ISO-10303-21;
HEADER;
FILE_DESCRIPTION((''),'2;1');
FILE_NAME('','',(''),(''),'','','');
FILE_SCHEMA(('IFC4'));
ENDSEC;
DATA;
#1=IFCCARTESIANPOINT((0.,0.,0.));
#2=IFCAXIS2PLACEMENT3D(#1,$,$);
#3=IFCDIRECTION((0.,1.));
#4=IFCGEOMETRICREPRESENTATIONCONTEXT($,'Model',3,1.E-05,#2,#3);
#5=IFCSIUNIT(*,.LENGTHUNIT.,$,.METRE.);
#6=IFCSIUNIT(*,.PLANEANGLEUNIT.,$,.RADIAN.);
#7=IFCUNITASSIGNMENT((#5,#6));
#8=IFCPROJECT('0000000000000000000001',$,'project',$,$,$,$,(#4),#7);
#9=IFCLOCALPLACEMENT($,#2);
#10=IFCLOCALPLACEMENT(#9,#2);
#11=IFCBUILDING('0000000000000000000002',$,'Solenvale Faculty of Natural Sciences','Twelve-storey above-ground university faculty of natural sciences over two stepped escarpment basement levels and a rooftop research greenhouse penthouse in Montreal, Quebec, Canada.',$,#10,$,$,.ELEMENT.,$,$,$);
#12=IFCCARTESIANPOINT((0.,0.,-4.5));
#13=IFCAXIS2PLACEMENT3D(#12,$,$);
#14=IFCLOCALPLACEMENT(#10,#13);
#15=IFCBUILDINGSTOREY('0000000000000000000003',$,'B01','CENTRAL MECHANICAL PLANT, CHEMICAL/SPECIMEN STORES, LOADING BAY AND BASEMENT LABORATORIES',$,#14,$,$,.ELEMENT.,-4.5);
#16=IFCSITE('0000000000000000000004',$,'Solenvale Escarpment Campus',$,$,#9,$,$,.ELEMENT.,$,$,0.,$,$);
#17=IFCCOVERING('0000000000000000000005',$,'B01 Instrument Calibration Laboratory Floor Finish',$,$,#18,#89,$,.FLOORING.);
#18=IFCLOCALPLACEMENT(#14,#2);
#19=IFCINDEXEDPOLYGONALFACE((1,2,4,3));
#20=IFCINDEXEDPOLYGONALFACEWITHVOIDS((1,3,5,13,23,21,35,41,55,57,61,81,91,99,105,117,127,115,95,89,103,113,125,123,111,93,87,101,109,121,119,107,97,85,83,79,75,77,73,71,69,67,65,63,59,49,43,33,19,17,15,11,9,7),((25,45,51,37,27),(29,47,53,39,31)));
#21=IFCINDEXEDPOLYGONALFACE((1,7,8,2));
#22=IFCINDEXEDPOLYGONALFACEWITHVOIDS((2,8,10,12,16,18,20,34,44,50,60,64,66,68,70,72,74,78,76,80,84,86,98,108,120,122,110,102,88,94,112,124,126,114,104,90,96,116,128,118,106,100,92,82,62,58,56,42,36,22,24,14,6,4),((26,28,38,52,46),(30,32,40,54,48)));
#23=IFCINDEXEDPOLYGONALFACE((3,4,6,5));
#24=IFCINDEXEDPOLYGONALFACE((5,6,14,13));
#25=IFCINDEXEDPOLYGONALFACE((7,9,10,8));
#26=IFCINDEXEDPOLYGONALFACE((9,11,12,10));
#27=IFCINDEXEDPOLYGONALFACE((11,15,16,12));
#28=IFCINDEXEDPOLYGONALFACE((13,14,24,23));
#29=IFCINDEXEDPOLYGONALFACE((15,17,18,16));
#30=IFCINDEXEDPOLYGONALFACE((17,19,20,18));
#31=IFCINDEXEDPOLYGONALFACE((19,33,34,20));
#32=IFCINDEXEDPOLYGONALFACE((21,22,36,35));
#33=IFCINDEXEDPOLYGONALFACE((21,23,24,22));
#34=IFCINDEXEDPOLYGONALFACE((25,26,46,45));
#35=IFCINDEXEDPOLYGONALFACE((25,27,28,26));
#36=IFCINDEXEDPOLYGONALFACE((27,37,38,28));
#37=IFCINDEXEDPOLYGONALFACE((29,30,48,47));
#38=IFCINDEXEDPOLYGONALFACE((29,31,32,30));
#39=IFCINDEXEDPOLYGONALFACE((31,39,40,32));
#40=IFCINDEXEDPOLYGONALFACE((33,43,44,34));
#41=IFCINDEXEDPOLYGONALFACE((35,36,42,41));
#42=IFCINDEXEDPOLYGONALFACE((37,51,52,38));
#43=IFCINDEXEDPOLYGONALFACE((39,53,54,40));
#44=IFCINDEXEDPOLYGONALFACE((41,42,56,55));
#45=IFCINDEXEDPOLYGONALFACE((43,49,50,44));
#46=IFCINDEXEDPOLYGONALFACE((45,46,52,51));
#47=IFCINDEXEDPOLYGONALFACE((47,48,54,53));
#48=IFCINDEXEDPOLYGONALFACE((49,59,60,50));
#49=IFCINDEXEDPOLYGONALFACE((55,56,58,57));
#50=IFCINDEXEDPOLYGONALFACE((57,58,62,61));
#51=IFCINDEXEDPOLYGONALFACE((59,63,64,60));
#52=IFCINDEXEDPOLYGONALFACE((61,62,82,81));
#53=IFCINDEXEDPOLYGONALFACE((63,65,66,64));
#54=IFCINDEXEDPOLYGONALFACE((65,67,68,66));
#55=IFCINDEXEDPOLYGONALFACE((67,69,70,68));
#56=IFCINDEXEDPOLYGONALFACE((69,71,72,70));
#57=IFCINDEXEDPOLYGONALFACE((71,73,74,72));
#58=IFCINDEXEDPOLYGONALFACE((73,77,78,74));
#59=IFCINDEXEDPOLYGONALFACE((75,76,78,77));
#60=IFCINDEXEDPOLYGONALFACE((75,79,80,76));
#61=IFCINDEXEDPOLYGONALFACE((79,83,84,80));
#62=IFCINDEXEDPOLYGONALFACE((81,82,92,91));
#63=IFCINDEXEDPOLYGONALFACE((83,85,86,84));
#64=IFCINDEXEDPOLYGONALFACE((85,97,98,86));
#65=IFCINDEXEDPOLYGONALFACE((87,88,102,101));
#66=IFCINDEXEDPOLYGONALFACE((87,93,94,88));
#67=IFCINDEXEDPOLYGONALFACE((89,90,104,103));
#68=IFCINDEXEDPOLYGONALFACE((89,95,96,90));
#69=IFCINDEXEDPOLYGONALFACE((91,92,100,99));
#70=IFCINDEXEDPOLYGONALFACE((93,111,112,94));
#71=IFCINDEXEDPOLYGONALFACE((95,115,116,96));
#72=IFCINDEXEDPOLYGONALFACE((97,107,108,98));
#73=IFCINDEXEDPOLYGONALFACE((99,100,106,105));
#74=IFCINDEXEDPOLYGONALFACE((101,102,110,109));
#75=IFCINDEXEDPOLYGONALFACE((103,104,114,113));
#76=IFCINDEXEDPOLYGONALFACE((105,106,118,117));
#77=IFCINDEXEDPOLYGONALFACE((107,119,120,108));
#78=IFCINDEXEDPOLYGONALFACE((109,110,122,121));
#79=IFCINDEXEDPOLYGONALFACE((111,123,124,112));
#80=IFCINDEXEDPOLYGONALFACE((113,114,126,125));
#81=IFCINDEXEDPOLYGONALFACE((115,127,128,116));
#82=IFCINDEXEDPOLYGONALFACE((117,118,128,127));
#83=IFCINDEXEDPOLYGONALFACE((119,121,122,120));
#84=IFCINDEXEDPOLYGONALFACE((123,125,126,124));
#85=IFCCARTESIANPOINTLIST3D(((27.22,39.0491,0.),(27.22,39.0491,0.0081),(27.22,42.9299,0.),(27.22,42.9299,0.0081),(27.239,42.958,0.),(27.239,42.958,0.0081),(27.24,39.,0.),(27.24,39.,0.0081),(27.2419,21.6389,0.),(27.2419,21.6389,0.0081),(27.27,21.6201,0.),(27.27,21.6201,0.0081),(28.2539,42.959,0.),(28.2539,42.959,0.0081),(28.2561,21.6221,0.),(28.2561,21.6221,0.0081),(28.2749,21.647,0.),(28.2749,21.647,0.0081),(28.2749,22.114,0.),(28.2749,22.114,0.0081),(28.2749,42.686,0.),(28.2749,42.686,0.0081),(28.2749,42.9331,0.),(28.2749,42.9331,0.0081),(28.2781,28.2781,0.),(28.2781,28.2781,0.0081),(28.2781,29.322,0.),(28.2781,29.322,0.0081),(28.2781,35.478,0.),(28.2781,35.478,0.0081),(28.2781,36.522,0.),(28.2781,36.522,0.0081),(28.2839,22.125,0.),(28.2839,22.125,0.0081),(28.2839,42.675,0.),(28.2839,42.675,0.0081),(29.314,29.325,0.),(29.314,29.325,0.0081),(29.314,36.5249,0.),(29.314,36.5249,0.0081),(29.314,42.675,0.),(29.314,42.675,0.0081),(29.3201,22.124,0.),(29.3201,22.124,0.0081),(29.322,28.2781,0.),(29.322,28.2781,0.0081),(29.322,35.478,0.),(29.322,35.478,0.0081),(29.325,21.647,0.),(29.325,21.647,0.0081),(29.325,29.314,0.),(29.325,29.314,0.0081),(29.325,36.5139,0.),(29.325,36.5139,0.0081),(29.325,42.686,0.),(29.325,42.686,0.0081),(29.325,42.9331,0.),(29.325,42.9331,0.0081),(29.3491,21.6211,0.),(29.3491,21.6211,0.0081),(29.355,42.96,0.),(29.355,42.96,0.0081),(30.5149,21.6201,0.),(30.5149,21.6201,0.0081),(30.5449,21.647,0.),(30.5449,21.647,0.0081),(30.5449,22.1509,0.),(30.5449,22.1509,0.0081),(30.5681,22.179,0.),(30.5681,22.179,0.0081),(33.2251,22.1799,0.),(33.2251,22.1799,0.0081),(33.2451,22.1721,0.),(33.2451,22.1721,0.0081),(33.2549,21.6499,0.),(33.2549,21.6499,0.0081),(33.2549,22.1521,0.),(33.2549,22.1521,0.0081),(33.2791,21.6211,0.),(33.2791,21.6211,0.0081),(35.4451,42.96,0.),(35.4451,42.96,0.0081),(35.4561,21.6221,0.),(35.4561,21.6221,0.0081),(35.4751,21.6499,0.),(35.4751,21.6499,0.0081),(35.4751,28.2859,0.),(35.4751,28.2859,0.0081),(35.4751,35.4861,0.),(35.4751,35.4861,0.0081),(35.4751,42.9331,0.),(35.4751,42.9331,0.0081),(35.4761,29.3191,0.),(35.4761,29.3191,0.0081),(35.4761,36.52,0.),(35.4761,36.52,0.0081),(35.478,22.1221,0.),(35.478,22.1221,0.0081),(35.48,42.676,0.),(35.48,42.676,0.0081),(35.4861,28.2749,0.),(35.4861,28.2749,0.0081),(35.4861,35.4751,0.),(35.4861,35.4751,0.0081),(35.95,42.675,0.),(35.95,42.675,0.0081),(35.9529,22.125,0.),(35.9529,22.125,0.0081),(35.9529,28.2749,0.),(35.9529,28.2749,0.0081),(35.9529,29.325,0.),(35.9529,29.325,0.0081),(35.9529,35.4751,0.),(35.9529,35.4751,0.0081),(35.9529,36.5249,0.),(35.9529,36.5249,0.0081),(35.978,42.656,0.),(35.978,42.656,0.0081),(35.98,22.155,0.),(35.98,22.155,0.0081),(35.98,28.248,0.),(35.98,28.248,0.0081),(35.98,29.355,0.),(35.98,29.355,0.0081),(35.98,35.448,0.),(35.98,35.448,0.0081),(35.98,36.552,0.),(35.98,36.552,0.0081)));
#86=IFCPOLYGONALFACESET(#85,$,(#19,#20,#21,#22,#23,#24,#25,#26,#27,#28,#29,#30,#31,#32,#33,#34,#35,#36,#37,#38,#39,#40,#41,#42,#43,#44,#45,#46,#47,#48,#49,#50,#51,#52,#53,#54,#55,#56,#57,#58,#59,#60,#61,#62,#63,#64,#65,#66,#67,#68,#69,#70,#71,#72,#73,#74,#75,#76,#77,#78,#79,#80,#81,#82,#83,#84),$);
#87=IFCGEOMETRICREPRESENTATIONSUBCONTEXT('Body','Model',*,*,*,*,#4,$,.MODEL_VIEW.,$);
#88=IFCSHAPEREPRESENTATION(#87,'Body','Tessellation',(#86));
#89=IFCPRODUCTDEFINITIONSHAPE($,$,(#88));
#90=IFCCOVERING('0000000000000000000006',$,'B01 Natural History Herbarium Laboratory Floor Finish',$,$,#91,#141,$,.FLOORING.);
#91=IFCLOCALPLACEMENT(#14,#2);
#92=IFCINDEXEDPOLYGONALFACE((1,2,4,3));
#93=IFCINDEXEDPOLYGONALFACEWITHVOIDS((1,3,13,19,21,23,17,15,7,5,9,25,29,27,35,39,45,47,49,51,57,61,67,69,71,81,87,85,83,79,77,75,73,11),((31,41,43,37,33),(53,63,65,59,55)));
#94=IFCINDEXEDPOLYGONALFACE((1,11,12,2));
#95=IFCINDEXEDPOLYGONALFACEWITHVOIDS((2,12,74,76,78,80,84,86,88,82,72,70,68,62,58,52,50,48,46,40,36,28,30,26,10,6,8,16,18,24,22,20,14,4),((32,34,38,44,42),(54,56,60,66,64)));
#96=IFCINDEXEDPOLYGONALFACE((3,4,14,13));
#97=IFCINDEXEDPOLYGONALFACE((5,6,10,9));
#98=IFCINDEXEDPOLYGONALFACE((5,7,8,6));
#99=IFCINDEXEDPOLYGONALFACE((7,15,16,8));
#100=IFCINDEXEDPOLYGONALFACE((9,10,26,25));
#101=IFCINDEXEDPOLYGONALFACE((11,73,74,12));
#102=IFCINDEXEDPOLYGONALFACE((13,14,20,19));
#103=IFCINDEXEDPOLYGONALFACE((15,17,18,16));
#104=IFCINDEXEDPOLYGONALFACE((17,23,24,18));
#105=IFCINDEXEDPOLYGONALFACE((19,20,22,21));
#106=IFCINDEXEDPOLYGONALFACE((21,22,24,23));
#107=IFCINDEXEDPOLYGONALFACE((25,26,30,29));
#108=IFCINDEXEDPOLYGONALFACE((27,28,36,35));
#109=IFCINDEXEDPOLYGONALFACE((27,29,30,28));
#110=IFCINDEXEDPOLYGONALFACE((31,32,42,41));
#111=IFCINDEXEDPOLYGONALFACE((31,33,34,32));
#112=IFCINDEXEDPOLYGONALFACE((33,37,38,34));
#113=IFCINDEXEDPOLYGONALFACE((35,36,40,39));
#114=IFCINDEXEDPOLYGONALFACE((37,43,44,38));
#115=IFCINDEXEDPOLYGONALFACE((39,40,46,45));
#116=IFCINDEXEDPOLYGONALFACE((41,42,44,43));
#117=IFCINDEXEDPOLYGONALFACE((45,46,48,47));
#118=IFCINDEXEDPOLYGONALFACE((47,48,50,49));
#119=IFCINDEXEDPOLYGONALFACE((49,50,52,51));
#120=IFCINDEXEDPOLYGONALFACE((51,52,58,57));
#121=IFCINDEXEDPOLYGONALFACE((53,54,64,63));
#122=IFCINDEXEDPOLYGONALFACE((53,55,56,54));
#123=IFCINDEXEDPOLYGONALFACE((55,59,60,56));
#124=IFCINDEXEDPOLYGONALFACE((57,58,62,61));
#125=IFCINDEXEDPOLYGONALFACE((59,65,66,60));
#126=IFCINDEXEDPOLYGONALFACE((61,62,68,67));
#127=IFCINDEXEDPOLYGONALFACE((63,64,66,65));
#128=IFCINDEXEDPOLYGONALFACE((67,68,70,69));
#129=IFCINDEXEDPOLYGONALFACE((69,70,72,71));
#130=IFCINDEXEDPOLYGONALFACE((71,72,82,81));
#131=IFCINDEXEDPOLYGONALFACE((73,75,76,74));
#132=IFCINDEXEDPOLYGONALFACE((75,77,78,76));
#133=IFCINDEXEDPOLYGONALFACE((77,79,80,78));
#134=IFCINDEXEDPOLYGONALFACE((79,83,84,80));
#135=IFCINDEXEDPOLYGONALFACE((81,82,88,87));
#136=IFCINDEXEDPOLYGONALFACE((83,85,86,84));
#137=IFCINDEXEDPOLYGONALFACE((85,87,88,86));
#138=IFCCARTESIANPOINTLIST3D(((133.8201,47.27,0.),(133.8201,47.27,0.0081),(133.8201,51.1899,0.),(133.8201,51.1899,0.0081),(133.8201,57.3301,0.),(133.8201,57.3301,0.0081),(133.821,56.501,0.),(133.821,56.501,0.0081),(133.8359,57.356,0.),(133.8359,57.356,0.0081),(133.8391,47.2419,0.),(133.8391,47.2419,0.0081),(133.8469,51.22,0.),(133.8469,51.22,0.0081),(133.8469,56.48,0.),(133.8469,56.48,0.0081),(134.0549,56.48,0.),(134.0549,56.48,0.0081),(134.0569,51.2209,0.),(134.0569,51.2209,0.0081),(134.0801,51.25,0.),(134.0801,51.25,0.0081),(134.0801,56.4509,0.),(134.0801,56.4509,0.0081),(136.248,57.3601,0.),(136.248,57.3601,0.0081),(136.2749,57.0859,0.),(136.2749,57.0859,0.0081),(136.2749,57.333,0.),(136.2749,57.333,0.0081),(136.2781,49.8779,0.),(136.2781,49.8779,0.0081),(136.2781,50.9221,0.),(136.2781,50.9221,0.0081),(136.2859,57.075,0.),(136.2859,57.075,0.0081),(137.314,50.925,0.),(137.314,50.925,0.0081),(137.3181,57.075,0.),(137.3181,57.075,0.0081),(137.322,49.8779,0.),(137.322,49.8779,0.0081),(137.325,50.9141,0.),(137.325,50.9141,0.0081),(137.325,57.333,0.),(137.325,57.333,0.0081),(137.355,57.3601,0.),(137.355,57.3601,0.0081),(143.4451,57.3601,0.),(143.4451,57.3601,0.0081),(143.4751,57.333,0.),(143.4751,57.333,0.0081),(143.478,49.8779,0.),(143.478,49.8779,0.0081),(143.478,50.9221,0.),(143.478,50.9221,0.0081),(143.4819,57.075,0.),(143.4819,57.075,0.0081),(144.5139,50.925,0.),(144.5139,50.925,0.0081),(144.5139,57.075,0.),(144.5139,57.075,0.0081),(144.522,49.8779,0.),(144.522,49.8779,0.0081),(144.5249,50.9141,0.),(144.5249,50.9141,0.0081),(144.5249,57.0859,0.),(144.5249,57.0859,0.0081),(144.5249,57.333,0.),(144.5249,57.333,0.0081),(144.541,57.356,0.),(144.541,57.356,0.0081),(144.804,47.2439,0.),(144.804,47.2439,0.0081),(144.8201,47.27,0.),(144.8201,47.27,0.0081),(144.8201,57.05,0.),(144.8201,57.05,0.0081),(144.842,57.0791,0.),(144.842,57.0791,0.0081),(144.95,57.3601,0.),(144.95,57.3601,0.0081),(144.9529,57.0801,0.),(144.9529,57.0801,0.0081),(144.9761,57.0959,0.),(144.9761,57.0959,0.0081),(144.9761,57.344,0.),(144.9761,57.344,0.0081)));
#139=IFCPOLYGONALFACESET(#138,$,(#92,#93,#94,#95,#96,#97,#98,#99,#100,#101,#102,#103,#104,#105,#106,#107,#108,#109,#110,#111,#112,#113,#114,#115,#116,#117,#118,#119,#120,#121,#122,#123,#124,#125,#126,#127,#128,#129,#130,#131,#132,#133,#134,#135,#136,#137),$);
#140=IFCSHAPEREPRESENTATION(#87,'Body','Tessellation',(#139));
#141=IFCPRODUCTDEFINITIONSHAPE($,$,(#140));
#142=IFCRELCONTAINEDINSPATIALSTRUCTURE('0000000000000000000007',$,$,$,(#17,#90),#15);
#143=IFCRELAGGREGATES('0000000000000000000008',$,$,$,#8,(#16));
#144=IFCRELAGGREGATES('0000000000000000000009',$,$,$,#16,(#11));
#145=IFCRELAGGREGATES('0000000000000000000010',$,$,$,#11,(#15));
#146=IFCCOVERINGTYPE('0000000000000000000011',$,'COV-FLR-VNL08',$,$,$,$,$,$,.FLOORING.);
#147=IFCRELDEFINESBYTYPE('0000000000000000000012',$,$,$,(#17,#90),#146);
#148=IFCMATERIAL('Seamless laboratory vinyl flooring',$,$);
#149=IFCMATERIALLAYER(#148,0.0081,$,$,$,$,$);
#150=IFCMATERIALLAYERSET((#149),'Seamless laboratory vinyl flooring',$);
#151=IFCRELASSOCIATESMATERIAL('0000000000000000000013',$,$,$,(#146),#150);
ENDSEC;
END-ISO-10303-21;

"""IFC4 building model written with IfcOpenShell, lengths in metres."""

from ifc_helpers import new_model, si_unit, direction, frame, origin, place, context, subcontext, project, spatial, polyline, outline, extrude, material, layer, layer_set, type_object, element, save


model = new_model("IFC4")

# Units and contexts
model_context = context("Model", 3, precision=1e-05, world=origin(), true_north=direction((0.0, 1.0)))
body_context = subcontext(model_context, "Body", "Model", "MODEL_VIEW")
ifc_project = project(units=[si_unit("LENGTHUNIT", "METRE"), si_unit("PLANEANGLEUNIT", "RADIAN")], contexts=[model_context])

# Site, building, storey
site_placement = place(None, origin())
site = spatial("IfcSite", under=ifc_project, at=site_placement, Name="Solenvale Escarpment Campus", CompositionType="ELEMENT", RefElevation=0.0)
building_placement = place(site_placement, origin())
building = spatial("IfcBuilding", under=site, at=building_placement, Name="Solenvale Faculty of Natural Sciences", Description="Twelve-storey above-ground university faculty of natural sciences over two stepped escarpment basement levels and a rooftop research greenhouse penthouse in Montreal, Quebec, Canada.", CompositionType="ELEMENT")
storey_placement = place(building_placement, frame((0.0, 0.0, -4.5)))
storey = spatial("IfcBuildingStorey", under=building, at=storey_placement, Name="B01", Description="CENTRAL MECHANICAL PLANT, CHEMICAL/SPECIMEN STORES, LOADING BAY AND BASEMENT LABORATORIES", CompositionType="ELEMENT", Elevation=-4.5)

# Coverings
ifc_material_1 = material(Name="Seamless laboratory vinyl flooring")
ifc_layer_1 = layer(ifc_material_1, 0.0081)
ifc_layer_set_1 = layer_set([ifc_layer_1], Name="Seamless laboratory vinyl flooring")
covering_type_1 = type_object("IfcCoveringType", Name="COV-FLR-VNL08", PredefinedType="FLOORING", material=ifc_layer_set_1)
covering_1_placement = place(storey_placement, origin())
element("IfcCovering", 1, at=covering_1_placement, inside=storey, type_object=covering_type_1, Name="B01 Instrument Calibration Laboratory Floor Finish", PredefinedType="FLOORING", context=body_context, shape_type="SweptSolid", body=[
    extrude(outline(polyline([(27.24, 39.0), (27.22, 39.0491), (27.22, 42.9299), (27.239, 42.958), (28.2539, 42.959), (28.2749, 42.9331), (28.2749, 42.686), (28.2839, 42.675), (29.314, 42.675), (29.325, 42.686), (29.325, 42.9331), (29.355, 42.96), (35.4451, 42.96), (35.4751, 42.9331), (35.48, 42.676), (35.95, 42.675), (35.978, 42.656), (35.98, 36.552), (35.9529, 36.5249), (35.4761, 36.52), (35.4751, 35.4861), (35.4861, 35.4751), (35.9529, 35.4751), (35.98, 35.448), (35.98, 29.355), (35.9529, 29.325), (35.4761, 29.3191), (35.4751, 28.2859), (35.4861, 28.2749), (35.9529, 28.2749), (35.98, 28.248), (35.98, 22.155), (35.9529, 22.125), (35.478, 22.1221), (35.4751, 21.6499), (35.4561, 21.6221), (33.2791, 21.6211), (33.2549, 21.6499), (33.2549, 22.1521), (33.2451, 22.1721), (33.2251, 22.1799), (30.5681, 22.179), (30.5449, 22.1509), (30.5449, 21.647), (30.5149, 21.6201), (29.3491, 21.6211), (29.325, 21.647), (29.3201, 22.124), (28.2839, 22.125), (28.2749, 22.114), (28.2749, 21.647), (28.2561, 21.6221), (27.27, 21.6201), (27.2419, 21.6389), (27.24, 39.0)]), holes=[polyline([(29.325, 29.314), (29.314, 29.325), (28.2781, 29.322), (28.2781, 28.2781), (29.322, 28.2781), (29.325, 29.314)]), polyline([(29.325, 36.5139), (29.314, 36.5249), (28.2781, 36.522), (28.2781, 35.478), (29.322, 35.478), (29.325, 36.5139)])]), origin(), (0.0, 0.0, 1.0), 0.0081),
])
covering_2_placement = place(storey_placement, origin())
element("IfcCovering", 2, at=covering_2_placement, inside=storey, type_object=covering_type_1, Name="B01 Natural History Herbarium Laboratory Floor Finish", PredefinedType="FLOORING", context=body_context, shape_type="SweptSolid", body=[
    extrude(outline(polyline([(133.8201, 51.1899), (133.8469, 51.22), (134.0569, 51.2209), (134.0801, 51.25), (134.0801, 56.4509), (134.0549, 56.48), (133.8469, 56.48), (133.821, 56.501), (133.8201, 57.3301), (133.8359, 57.356), (136.248, 57.3601), (136.2749, 57.333), (136.2749, 57.0859), (136.2859, 57.075), (137.3181, 57.075), (137.325, 57.333), (137.355, 57.3601), (143.4451, 57.3601), (143.4751, 57.333), (143.4819, 57.075), (144.5139, 57.075), (144.5249, 57.0859), (144.5249, 57.333), (144.541, 57.356), (144.95, 57.3601), (144.9761, 57.344), (144.9761, 57.0959), (144.9529, 57.0801), (144.842, 57.0791), (144.8201, 57.05), (144.8201, 47.27), (144.804, 47.2439), (133.8391, 47.2419), (133.8201, 47.27), (133.8201, 51.1899)]), holes=[polyline([(144.5249, 50.9141), (144.5139, 50.925), (143.478, 50.9221), (143.478, 49.8779), (144.522, 49.8779), (144.5249, 50.9141)]), polyline([(137.325, 50.9141), (137.314, 50.925), (136.2781, 50.9221), (136.2781, 49.8779), (137.322, 49.8779), (137.325, 50.9141)])]), origin(), (0.0, 0.0, 1.0), 0.0081),
])

save(model, "model.ifc")
